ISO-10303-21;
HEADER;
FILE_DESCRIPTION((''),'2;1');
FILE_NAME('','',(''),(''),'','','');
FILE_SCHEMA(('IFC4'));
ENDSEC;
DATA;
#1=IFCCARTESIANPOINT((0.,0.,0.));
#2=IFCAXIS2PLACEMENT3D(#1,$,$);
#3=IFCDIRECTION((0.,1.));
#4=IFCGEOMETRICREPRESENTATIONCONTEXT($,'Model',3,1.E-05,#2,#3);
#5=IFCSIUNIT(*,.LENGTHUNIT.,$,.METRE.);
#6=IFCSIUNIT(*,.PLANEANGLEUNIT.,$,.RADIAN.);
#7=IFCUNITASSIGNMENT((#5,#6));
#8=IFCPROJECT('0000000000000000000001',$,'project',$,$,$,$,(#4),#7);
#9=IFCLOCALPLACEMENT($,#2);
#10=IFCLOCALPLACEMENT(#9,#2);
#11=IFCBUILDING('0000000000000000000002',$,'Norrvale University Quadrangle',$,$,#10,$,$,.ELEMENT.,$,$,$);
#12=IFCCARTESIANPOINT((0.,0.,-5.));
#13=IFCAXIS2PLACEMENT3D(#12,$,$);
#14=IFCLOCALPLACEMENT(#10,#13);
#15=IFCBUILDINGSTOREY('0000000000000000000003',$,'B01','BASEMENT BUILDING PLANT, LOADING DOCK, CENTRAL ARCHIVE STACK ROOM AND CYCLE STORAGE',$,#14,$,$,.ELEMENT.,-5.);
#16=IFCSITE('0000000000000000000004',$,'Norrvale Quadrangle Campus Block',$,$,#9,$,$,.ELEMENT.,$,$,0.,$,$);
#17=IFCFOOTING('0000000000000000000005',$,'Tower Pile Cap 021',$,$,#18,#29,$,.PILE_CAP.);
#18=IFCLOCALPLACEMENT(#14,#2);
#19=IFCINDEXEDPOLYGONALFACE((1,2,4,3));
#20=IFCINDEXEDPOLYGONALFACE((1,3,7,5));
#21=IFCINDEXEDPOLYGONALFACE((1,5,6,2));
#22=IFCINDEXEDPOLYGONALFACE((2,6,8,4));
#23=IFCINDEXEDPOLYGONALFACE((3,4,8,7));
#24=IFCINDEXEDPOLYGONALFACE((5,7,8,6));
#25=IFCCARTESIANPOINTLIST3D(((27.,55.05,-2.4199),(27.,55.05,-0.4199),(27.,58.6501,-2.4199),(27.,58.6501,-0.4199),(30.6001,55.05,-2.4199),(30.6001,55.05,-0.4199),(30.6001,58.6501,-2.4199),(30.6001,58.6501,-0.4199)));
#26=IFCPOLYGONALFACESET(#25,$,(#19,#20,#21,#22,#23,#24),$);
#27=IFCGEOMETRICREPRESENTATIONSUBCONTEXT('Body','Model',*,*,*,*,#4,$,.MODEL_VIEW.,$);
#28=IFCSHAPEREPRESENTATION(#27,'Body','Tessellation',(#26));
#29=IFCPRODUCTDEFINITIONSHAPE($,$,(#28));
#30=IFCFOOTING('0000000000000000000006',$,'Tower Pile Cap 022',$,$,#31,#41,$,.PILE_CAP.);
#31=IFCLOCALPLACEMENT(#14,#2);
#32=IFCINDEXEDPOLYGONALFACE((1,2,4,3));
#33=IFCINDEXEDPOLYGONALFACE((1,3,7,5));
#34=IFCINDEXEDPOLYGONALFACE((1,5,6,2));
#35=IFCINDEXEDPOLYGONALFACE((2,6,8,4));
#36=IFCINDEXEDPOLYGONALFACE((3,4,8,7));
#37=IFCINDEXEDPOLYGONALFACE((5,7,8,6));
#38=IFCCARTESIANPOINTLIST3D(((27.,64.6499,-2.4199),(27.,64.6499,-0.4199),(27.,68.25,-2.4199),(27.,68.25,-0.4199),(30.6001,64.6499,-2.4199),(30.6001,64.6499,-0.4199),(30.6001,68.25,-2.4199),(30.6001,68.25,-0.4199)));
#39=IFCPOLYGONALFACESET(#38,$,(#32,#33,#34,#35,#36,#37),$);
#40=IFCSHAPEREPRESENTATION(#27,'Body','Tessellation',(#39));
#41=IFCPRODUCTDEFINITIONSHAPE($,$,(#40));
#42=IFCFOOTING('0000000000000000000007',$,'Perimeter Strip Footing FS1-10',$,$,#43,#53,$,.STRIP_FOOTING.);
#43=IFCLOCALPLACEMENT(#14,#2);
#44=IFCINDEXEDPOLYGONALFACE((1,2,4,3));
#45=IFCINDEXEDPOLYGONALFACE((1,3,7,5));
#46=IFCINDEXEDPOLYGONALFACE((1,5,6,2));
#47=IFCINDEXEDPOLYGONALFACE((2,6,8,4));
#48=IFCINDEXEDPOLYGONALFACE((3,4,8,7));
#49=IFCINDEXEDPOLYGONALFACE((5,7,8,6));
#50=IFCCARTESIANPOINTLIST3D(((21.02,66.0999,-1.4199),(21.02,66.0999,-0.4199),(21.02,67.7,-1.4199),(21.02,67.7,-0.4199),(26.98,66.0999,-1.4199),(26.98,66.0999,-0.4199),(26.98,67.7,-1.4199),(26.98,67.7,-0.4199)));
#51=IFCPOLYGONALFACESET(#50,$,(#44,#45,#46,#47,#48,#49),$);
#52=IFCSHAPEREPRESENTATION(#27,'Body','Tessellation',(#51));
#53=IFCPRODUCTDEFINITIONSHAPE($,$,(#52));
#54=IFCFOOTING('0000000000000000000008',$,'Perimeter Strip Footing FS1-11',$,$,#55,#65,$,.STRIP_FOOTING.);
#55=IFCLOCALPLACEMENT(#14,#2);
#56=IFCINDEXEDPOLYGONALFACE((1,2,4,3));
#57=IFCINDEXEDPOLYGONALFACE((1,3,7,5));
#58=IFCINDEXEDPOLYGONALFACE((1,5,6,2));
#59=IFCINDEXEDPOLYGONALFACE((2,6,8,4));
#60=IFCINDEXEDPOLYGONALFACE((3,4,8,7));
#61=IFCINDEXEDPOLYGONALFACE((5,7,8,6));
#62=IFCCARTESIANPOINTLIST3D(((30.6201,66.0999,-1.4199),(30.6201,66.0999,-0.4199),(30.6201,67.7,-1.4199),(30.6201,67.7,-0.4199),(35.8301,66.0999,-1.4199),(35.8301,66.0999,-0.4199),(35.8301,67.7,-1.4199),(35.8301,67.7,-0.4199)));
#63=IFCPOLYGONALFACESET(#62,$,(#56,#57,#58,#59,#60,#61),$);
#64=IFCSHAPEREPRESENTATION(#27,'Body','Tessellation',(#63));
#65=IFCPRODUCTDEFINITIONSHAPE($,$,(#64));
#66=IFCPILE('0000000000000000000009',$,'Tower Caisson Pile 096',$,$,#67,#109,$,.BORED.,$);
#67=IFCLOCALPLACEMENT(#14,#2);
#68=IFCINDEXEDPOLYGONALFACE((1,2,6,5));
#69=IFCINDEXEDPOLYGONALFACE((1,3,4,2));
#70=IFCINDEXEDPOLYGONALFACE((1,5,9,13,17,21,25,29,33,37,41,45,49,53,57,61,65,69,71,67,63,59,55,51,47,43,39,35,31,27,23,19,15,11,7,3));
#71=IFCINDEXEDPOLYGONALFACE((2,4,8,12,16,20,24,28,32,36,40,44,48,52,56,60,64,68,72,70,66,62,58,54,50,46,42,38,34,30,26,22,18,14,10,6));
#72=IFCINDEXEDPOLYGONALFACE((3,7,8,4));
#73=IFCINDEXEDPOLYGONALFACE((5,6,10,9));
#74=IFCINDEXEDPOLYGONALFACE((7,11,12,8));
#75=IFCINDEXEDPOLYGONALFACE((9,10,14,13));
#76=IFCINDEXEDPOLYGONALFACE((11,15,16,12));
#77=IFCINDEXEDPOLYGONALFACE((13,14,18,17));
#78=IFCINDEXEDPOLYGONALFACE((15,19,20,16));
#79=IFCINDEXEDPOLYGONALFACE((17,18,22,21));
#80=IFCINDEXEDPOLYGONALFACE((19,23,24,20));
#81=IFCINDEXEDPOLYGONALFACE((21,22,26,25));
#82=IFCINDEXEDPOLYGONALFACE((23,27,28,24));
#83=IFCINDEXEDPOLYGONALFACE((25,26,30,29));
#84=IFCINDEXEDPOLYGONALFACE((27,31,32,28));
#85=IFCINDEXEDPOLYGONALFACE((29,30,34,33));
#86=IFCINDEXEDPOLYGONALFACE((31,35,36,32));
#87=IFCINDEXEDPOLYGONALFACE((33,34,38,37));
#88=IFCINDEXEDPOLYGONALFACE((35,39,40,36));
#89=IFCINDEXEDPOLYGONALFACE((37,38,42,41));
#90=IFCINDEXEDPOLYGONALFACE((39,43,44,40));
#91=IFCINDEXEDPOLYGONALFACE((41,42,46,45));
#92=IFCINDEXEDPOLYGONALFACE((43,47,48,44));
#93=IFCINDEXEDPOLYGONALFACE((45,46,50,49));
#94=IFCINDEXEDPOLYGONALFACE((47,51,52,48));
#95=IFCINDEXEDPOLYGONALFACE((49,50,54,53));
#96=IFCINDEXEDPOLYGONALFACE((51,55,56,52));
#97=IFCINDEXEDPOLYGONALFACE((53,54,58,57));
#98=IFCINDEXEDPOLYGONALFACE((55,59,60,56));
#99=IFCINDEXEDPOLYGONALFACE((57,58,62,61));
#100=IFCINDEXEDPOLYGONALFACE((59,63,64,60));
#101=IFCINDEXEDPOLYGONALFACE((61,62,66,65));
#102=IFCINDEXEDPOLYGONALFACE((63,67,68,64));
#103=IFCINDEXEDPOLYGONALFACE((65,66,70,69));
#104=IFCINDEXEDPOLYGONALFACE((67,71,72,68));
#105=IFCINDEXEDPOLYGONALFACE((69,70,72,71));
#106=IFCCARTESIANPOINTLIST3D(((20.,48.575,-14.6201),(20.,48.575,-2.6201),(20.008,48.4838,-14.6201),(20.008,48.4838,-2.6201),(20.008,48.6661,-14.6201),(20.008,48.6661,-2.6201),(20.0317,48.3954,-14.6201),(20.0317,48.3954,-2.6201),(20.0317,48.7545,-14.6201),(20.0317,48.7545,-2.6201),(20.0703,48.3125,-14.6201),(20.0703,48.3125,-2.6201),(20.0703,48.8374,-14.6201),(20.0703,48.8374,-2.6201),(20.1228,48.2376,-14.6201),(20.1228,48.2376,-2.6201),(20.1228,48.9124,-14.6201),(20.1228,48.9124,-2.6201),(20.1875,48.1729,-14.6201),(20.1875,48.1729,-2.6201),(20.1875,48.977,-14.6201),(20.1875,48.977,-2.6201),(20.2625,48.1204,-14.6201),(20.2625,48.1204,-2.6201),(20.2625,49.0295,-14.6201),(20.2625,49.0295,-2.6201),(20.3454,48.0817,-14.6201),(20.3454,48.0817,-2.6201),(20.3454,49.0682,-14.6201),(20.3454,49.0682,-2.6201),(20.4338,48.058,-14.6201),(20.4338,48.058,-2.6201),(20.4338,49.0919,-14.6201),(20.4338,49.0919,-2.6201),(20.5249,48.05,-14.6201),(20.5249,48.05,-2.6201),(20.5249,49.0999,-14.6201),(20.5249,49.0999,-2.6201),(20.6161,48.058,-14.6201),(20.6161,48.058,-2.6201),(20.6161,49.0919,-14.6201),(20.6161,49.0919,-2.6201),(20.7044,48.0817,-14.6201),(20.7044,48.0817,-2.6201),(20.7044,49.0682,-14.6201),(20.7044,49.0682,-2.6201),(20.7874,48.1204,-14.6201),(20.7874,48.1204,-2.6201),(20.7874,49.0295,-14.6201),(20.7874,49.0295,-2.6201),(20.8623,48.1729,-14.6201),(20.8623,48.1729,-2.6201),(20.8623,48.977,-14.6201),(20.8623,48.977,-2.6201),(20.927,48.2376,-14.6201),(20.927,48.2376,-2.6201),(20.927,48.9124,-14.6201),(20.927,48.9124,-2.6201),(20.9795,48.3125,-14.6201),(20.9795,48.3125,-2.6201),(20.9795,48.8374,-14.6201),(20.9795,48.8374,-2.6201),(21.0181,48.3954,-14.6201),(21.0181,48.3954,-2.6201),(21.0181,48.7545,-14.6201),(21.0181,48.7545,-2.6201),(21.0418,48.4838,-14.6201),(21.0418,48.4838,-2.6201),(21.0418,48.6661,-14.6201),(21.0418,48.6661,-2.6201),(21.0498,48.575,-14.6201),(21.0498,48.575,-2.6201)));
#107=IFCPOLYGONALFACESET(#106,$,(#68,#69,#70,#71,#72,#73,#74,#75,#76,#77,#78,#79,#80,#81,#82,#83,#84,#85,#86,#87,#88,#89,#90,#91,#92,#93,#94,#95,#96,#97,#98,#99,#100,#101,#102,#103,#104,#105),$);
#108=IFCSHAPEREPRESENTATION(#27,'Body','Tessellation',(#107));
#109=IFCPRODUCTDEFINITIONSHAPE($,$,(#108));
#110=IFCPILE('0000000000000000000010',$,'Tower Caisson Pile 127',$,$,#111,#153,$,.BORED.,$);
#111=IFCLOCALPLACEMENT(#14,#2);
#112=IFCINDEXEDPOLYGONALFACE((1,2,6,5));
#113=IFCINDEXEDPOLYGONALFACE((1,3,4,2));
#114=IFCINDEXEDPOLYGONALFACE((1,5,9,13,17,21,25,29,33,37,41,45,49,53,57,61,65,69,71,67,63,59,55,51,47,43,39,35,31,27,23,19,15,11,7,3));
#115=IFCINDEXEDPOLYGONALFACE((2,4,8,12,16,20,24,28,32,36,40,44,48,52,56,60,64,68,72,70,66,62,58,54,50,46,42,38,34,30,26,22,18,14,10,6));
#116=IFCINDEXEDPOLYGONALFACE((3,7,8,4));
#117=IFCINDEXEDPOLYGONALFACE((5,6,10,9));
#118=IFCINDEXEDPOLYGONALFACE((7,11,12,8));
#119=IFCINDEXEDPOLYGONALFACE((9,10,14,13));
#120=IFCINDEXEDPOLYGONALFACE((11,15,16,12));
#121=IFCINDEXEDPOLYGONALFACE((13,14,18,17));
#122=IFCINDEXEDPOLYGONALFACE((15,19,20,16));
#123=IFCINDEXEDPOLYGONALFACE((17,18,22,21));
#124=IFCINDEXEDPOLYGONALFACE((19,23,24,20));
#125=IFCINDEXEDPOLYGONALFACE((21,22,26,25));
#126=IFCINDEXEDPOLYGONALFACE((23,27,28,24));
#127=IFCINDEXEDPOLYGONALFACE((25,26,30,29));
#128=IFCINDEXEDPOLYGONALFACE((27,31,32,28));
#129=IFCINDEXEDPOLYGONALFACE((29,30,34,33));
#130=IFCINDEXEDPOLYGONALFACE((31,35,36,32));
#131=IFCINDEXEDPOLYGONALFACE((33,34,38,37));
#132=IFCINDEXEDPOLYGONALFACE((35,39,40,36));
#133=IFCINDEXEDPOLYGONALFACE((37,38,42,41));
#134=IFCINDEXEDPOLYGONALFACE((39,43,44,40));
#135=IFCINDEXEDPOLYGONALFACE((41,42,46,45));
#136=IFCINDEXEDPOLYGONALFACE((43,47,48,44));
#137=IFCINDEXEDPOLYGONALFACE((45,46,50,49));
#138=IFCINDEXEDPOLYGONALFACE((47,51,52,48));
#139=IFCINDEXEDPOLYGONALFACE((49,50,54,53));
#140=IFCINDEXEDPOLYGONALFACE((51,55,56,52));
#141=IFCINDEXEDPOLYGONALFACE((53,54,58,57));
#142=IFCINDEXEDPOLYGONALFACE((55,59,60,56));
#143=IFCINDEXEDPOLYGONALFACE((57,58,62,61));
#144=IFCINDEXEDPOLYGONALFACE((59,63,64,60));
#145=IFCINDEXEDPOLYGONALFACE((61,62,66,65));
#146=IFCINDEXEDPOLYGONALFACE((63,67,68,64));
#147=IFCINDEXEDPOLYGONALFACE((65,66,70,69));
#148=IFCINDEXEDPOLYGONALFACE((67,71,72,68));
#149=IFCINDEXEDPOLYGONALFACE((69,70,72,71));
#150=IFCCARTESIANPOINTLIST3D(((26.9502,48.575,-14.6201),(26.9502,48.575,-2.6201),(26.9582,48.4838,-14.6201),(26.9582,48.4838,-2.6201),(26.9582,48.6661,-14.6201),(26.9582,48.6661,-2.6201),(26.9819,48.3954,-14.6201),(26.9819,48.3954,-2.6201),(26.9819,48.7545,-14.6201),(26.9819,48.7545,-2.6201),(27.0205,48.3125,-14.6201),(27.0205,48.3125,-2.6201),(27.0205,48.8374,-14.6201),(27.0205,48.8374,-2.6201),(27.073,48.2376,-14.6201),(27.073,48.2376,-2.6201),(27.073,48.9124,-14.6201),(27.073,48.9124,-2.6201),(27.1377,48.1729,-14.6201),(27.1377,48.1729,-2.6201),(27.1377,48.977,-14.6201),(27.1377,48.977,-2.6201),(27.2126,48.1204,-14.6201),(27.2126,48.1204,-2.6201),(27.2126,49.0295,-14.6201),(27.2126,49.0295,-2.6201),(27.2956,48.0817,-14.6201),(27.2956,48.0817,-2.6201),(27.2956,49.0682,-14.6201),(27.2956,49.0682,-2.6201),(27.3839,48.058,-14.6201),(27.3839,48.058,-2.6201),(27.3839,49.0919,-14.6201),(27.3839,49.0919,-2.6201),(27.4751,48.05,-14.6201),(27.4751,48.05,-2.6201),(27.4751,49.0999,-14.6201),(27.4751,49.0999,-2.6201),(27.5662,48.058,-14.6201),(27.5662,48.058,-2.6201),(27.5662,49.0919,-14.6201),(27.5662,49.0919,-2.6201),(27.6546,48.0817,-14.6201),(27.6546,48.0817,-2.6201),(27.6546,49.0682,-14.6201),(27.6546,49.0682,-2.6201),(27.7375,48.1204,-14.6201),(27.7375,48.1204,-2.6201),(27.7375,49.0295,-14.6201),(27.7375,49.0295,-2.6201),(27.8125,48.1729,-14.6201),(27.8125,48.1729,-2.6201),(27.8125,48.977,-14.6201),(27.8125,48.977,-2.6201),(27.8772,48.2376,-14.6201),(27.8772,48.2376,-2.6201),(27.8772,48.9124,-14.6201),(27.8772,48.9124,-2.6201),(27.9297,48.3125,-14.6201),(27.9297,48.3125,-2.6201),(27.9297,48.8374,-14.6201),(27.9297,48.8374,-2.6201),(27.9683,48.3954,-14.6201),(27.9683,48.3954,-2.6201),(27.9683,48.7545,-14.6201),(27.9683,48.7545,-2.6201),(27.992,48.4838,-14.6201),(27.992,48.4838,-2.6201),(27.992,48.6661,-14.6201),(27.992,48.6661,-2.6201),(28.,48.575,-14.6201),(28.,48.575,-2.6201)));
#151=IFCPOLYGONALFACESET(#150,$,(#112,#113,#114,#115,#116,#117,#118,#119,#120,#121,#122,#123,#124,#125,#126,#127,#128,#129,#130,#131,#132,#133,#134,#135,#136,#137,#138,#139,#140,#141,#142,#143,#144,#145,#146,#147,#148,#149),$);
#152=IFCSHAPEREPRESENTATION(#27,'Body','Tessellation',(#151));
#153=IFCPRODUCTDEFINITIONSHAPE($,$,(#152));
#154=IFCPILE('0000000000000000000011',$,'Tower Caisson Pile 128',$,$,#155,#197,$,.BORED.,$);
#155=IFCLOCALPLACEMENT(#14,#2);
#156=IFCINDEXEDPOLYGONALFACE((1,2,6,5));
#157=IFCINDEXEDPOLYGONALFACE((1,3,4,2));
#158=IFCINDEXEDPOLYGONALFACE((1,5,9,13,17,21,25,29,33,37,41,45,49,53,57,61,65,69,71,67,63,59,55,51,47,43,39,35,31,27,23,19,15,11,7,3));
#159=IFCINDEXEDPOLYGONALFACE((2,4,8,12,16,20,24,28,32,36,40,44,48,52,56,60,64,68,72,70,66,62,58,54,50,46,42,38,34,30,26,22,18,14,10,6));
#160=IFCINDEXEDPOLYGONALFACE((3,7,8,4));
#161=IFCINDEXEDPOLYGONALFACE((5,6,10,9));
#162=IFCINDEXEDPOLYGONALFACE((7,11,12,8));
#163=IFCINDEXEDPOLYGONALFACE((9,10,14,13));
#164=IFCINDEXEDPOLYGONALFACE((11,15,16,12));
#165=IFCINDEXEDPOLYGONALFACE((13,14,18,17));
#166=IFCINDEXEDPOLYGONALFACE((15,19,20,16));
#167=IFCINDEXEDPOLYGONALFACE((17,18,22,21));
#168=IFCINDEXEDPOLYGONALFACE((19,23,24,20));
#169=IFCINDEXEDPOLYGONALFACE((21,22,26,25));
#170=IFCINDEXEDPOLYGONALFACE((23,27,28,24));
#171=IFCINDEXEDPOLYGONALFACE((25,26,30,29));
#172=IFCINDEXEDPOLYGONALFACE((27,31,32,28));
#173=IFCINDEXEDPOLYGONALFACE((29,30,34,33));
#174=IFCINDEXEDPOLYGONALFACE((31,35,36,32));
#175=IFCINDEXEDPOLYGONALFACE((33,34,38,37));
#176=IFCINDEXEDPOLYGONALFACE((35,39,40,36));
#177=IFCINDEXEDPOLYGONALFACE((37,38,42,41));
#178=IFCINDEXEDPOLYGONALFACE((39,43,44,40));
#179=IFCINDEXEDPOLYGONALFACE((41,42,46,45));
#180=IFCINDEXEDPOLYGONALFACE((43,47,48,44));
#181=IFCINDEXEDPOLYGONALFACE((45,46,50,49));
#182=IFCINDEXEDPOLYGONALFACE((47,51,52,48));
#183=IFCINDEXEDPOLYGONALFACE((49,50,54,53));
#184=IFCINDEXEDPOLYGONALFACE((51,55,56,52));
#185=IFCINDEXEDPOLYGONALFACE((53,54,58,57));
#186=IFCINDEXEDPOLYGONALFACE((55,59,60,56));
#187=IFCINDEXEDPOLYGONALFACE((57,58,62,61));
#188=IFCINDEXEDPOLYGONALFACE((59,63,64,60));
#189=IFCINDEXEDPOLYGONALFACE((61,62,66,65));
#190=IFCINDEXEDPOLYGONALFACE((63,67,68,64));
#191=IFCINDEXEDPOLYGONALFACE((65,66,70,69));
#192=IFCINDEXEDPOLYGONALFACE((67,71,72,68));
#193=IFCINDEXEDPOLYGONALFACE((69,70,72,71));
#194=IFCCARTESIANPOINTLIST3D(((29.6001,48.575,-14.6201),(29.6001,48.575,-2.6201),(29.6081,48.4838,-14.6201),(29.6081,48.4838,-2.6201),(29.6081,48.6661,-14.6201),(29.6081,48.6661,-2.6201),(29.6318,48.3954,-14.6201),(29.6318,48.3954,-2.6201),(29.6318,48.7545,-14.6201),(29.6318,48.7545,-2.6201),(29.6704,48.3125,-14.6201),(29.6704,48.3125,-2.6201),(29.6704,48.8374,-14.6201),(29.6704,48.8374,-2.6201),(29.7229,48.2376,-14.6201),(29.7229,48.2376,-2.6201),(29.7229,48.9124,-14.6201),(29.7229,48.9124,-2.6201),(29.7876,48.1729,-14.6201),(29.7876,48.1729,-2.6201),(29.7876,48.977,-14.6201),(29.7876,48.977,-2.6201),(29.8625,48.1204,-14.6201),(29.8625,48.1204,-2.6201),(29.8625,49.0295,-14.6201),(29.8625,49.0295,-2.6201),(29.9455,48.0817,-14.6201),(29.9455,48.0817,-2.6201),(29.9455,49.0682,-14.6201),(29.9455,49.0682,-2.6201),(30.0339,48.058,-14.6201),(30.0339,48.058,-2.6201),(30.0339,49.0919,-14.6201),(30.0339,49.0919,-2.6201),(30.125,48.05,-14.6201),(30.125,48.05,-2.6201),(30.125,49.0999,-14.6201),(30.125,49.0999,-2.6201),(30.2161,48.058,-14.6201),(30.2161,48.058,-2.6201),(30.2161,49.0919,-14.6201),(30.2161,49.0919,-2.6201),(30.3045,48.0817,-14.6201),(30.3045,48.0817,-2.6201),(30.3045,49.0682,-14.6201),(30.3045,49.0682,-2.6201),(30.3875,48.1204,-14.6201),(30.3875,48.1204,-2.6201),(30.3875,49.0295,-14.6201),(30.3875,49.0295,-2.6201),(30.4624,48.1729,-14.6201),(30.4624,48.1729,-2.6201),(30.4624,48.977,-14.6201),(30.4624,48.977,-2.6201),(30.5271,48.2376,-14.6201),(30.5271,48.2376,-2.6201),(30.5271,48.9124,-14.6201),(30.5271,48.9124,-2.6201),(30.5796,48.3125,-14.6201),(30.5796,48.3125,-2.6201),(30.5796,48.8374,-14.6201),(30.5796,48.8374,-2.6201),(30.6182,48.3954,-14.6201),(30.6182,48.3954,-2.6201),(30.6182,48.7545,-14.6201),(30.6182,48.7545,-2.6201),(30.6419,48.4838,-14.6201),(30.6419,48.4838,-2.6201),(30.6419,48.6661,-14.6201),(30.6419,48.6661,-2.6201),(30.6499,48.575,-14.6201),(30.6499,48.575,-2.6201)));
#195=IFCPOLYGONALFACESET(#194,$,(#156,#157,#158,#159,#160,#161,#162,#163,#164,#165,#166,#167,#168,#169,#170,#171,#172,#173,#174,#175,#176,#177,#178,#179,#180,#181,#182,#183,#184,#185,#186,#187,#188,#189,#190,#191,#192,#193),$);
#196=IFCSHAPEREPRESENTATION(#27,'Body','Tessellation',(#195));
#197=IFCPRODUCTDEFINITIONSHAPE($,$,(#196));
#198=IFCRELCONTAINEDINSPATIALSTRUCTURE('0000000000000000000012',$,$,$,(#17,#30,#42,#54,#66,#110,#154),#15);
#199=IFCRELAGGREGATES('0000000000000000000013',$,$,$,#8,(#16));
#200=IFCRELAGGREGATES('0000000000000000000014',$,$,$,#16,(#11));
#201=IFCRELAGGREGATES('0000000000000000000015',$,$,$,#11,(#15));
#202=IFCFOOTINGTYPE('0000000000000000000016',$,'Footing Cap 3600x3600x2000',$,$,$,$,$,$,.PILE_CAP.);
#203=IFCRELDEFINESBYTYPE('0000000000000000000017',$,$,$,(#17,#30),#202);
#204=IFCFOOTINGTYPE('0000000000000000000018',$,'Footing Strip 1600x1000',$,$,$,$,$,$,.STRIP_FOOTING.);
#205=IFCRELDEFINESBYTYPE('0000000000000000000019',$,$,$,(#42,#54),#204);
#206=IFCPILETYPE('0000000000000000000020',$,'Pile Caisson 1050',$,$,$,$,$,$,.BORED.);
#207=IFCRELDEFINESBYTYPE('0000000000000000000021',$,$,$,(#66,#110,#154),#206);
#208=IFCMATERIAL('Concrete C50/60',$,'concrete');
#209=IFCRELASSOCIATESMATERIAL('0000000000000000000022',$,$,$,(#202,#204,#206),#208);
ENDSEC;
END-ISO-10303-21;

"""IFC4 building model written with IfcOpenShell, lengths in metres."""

from ifc_helpers import new_model, si_unit, direction, frame, origin, origin_2d, place, context, subcontext, project, spatial, rectangle, circle, extrude, material, material_profile, profile_set, type_object, element, save


model = new_model("IFC4")

# Units and contexts
model_context = context("Model", 3, precision=1e-05, world=origin(), true_north=direction((0.0, 1.0)))
body_context = subcontext(model_context, "Body", "Model", "MODEL_VIEW")
ifc_project = project(units=[si_unit("LENGTHUNIT", "METRE"), si_unit("PLANEANGLEUNIT", "RADIAN")], contexts=[model_context])

# Site, building, storey
site_placement = place(None, origin())
site = spatial("IfcSite", under=ifc_project, at=site_placement, Name="Norrvale Quadrangle Campus Block", CompositionType="ELEMENT", RefElevation=0.0)
building_placement = place(site_placement, origin())
building = spatial("IfcBuilding", under=site, at=building_placement, Name="Norrvale University Quadrangle", CompositionType="ELEMENT")
storey_placement = place(building_placement, frame((0.0, 0.0, -5.0)))
storey = spatial("IfcBuildingStorey", under=building, at=storey_placement, Name="B01", Description="BASEMENT BUILDING PLANT, LOADING DOCK, CENTRAL ARCHIVE STACK ROOM AND CYCLE STORAGE", CompositionType="ELEMENT", Elevation=-5.0)

# Footings
ifc_material_1 = material(Name="Concrete C50/60", Category="concrete")
footing_type_1 = type_object("IfcFootingType", Name="Footing Cap 3600x3600x2000", PredefinedType="PILE_CAP", material=ifc_material_1)
for number, where, z_axis, x_axis, name in (
    (1, (28.8, 56.8501, -2.4199), (0.0, 0.0, 1.0), (1.0, 0.0, 0.0), "Tower Pile Cap 021"),
    (2, (28.8, 66.45, -2.4199), (0.0, 0.0, 1.0), (1.0, 0.0, 0.0), "Tower Pile Cap 022"),
):
    element("IfcFooting", number, at=place(storey_placement, frame(where, z_axis=z_axis, x_axis=x_axis)), inside=storey, type_object=footing_type_1, Name=name, PredefinedType="PILE_CAP", context=body_context, shape_type="SweptSolid", body=[
        extrude(rectangle(XDim=3.6001, YDim=3.6001, at=origin_2d()), origin(), (0.0, 0.0, 1.0), 2.0),
    ])
footing_type_2 = type_object("IfcFootingType", Name="Footing Strip 1600x1000", PredefinedType="STRIP_FOOTING", material=ifc_material_1)
footing_1_placement = place(storey_placement, frame((24.0, 66.8999, -1.4199), z_axis=(0.0, 0.0, 1.0), x_axis=(1.0, 0.0, 0.0)))
element("IfcFooting", 3, at=footing_1_placement, inside=storey, type_object=footing_type_2, Name="Perimeter Strip Footing FS1-10", PredefinedType="STRIP_FOOTING", context=body_context, shape_type="SweptSolid", body=[
    extrude(rectangle(XDim=5.96, YDim=1.6001, at=origin_2d()), origin(), (0.0, 0.0, 1.0), 1.0),
])
footing_2_placement = place(storey_placement, frame((33.2251, 66.8999, -1.4199), z_axis=(0.0, 0.0, 1.0), x_axis=(1.0, 0.0, 0.0)))
element("IfcFooting", 4, at=footing_2_placement, inside=storey, type_object=footing_type_2, Name="Perimeter Strip Footing FS1-11", PredefinedType="STRIP_FOOTING", context=body_context, shape_type="SweptSolid", body=[
    extrude(rectangle(XDim=5.21, YDim=1.6001, at=origin_2d()), origin(), (0.0, 0.0, 1.0), 1.0),
])

# Piles
ifc_material_profile_1 = material_profile(ifc_material_1, circle(Radius=0.5249, at=origin_2d()), Name="Concrete C50/60")
ifc_profile_set_1 = profile_set([ifc_material_profile_1], Name="Concrete C50/60")
pile_type_1 = type_object("IfcPileType", Name="Pile Caisson 1050", PredefinedType="BORED", material=ifc_profile_set_1)
for number, where, z_axis, x_axis, name in (
    (5, (20.5249, 48.575, -2.6201), (0.0, 0.0, -1.0), (1.0, 0.0, 0.0), "Tower Caisson Pile 096"),
    (6, (27.4751, 48.575, -2.6201), (0.0, 0.0, -1.0), (1.0, 0.0, 0.0), "Tower Caisson Pile 127"),
    (7, (30.125, 48.575, -2.6201), (0.0, 0.0, -1.0), (1.0, 0.0, 0.0), "Tower Caisson Pile 128"),
):
    element("IfcPile", number, at=place(storey_placement, frame(where, z_axis=z_axis, x_axis=x_axis)), inside=storey, type_object=pile_type_1, Name=name, PredefinedType="BORED", context=body_context, shape_type="SweptSolid", body=[
        extrude(circle(Radius=0.5249, at=origin_2d()), origin(), (0.0, 0.0, 1.0), 12.0),
    ])

save(model, "model.ifc")
